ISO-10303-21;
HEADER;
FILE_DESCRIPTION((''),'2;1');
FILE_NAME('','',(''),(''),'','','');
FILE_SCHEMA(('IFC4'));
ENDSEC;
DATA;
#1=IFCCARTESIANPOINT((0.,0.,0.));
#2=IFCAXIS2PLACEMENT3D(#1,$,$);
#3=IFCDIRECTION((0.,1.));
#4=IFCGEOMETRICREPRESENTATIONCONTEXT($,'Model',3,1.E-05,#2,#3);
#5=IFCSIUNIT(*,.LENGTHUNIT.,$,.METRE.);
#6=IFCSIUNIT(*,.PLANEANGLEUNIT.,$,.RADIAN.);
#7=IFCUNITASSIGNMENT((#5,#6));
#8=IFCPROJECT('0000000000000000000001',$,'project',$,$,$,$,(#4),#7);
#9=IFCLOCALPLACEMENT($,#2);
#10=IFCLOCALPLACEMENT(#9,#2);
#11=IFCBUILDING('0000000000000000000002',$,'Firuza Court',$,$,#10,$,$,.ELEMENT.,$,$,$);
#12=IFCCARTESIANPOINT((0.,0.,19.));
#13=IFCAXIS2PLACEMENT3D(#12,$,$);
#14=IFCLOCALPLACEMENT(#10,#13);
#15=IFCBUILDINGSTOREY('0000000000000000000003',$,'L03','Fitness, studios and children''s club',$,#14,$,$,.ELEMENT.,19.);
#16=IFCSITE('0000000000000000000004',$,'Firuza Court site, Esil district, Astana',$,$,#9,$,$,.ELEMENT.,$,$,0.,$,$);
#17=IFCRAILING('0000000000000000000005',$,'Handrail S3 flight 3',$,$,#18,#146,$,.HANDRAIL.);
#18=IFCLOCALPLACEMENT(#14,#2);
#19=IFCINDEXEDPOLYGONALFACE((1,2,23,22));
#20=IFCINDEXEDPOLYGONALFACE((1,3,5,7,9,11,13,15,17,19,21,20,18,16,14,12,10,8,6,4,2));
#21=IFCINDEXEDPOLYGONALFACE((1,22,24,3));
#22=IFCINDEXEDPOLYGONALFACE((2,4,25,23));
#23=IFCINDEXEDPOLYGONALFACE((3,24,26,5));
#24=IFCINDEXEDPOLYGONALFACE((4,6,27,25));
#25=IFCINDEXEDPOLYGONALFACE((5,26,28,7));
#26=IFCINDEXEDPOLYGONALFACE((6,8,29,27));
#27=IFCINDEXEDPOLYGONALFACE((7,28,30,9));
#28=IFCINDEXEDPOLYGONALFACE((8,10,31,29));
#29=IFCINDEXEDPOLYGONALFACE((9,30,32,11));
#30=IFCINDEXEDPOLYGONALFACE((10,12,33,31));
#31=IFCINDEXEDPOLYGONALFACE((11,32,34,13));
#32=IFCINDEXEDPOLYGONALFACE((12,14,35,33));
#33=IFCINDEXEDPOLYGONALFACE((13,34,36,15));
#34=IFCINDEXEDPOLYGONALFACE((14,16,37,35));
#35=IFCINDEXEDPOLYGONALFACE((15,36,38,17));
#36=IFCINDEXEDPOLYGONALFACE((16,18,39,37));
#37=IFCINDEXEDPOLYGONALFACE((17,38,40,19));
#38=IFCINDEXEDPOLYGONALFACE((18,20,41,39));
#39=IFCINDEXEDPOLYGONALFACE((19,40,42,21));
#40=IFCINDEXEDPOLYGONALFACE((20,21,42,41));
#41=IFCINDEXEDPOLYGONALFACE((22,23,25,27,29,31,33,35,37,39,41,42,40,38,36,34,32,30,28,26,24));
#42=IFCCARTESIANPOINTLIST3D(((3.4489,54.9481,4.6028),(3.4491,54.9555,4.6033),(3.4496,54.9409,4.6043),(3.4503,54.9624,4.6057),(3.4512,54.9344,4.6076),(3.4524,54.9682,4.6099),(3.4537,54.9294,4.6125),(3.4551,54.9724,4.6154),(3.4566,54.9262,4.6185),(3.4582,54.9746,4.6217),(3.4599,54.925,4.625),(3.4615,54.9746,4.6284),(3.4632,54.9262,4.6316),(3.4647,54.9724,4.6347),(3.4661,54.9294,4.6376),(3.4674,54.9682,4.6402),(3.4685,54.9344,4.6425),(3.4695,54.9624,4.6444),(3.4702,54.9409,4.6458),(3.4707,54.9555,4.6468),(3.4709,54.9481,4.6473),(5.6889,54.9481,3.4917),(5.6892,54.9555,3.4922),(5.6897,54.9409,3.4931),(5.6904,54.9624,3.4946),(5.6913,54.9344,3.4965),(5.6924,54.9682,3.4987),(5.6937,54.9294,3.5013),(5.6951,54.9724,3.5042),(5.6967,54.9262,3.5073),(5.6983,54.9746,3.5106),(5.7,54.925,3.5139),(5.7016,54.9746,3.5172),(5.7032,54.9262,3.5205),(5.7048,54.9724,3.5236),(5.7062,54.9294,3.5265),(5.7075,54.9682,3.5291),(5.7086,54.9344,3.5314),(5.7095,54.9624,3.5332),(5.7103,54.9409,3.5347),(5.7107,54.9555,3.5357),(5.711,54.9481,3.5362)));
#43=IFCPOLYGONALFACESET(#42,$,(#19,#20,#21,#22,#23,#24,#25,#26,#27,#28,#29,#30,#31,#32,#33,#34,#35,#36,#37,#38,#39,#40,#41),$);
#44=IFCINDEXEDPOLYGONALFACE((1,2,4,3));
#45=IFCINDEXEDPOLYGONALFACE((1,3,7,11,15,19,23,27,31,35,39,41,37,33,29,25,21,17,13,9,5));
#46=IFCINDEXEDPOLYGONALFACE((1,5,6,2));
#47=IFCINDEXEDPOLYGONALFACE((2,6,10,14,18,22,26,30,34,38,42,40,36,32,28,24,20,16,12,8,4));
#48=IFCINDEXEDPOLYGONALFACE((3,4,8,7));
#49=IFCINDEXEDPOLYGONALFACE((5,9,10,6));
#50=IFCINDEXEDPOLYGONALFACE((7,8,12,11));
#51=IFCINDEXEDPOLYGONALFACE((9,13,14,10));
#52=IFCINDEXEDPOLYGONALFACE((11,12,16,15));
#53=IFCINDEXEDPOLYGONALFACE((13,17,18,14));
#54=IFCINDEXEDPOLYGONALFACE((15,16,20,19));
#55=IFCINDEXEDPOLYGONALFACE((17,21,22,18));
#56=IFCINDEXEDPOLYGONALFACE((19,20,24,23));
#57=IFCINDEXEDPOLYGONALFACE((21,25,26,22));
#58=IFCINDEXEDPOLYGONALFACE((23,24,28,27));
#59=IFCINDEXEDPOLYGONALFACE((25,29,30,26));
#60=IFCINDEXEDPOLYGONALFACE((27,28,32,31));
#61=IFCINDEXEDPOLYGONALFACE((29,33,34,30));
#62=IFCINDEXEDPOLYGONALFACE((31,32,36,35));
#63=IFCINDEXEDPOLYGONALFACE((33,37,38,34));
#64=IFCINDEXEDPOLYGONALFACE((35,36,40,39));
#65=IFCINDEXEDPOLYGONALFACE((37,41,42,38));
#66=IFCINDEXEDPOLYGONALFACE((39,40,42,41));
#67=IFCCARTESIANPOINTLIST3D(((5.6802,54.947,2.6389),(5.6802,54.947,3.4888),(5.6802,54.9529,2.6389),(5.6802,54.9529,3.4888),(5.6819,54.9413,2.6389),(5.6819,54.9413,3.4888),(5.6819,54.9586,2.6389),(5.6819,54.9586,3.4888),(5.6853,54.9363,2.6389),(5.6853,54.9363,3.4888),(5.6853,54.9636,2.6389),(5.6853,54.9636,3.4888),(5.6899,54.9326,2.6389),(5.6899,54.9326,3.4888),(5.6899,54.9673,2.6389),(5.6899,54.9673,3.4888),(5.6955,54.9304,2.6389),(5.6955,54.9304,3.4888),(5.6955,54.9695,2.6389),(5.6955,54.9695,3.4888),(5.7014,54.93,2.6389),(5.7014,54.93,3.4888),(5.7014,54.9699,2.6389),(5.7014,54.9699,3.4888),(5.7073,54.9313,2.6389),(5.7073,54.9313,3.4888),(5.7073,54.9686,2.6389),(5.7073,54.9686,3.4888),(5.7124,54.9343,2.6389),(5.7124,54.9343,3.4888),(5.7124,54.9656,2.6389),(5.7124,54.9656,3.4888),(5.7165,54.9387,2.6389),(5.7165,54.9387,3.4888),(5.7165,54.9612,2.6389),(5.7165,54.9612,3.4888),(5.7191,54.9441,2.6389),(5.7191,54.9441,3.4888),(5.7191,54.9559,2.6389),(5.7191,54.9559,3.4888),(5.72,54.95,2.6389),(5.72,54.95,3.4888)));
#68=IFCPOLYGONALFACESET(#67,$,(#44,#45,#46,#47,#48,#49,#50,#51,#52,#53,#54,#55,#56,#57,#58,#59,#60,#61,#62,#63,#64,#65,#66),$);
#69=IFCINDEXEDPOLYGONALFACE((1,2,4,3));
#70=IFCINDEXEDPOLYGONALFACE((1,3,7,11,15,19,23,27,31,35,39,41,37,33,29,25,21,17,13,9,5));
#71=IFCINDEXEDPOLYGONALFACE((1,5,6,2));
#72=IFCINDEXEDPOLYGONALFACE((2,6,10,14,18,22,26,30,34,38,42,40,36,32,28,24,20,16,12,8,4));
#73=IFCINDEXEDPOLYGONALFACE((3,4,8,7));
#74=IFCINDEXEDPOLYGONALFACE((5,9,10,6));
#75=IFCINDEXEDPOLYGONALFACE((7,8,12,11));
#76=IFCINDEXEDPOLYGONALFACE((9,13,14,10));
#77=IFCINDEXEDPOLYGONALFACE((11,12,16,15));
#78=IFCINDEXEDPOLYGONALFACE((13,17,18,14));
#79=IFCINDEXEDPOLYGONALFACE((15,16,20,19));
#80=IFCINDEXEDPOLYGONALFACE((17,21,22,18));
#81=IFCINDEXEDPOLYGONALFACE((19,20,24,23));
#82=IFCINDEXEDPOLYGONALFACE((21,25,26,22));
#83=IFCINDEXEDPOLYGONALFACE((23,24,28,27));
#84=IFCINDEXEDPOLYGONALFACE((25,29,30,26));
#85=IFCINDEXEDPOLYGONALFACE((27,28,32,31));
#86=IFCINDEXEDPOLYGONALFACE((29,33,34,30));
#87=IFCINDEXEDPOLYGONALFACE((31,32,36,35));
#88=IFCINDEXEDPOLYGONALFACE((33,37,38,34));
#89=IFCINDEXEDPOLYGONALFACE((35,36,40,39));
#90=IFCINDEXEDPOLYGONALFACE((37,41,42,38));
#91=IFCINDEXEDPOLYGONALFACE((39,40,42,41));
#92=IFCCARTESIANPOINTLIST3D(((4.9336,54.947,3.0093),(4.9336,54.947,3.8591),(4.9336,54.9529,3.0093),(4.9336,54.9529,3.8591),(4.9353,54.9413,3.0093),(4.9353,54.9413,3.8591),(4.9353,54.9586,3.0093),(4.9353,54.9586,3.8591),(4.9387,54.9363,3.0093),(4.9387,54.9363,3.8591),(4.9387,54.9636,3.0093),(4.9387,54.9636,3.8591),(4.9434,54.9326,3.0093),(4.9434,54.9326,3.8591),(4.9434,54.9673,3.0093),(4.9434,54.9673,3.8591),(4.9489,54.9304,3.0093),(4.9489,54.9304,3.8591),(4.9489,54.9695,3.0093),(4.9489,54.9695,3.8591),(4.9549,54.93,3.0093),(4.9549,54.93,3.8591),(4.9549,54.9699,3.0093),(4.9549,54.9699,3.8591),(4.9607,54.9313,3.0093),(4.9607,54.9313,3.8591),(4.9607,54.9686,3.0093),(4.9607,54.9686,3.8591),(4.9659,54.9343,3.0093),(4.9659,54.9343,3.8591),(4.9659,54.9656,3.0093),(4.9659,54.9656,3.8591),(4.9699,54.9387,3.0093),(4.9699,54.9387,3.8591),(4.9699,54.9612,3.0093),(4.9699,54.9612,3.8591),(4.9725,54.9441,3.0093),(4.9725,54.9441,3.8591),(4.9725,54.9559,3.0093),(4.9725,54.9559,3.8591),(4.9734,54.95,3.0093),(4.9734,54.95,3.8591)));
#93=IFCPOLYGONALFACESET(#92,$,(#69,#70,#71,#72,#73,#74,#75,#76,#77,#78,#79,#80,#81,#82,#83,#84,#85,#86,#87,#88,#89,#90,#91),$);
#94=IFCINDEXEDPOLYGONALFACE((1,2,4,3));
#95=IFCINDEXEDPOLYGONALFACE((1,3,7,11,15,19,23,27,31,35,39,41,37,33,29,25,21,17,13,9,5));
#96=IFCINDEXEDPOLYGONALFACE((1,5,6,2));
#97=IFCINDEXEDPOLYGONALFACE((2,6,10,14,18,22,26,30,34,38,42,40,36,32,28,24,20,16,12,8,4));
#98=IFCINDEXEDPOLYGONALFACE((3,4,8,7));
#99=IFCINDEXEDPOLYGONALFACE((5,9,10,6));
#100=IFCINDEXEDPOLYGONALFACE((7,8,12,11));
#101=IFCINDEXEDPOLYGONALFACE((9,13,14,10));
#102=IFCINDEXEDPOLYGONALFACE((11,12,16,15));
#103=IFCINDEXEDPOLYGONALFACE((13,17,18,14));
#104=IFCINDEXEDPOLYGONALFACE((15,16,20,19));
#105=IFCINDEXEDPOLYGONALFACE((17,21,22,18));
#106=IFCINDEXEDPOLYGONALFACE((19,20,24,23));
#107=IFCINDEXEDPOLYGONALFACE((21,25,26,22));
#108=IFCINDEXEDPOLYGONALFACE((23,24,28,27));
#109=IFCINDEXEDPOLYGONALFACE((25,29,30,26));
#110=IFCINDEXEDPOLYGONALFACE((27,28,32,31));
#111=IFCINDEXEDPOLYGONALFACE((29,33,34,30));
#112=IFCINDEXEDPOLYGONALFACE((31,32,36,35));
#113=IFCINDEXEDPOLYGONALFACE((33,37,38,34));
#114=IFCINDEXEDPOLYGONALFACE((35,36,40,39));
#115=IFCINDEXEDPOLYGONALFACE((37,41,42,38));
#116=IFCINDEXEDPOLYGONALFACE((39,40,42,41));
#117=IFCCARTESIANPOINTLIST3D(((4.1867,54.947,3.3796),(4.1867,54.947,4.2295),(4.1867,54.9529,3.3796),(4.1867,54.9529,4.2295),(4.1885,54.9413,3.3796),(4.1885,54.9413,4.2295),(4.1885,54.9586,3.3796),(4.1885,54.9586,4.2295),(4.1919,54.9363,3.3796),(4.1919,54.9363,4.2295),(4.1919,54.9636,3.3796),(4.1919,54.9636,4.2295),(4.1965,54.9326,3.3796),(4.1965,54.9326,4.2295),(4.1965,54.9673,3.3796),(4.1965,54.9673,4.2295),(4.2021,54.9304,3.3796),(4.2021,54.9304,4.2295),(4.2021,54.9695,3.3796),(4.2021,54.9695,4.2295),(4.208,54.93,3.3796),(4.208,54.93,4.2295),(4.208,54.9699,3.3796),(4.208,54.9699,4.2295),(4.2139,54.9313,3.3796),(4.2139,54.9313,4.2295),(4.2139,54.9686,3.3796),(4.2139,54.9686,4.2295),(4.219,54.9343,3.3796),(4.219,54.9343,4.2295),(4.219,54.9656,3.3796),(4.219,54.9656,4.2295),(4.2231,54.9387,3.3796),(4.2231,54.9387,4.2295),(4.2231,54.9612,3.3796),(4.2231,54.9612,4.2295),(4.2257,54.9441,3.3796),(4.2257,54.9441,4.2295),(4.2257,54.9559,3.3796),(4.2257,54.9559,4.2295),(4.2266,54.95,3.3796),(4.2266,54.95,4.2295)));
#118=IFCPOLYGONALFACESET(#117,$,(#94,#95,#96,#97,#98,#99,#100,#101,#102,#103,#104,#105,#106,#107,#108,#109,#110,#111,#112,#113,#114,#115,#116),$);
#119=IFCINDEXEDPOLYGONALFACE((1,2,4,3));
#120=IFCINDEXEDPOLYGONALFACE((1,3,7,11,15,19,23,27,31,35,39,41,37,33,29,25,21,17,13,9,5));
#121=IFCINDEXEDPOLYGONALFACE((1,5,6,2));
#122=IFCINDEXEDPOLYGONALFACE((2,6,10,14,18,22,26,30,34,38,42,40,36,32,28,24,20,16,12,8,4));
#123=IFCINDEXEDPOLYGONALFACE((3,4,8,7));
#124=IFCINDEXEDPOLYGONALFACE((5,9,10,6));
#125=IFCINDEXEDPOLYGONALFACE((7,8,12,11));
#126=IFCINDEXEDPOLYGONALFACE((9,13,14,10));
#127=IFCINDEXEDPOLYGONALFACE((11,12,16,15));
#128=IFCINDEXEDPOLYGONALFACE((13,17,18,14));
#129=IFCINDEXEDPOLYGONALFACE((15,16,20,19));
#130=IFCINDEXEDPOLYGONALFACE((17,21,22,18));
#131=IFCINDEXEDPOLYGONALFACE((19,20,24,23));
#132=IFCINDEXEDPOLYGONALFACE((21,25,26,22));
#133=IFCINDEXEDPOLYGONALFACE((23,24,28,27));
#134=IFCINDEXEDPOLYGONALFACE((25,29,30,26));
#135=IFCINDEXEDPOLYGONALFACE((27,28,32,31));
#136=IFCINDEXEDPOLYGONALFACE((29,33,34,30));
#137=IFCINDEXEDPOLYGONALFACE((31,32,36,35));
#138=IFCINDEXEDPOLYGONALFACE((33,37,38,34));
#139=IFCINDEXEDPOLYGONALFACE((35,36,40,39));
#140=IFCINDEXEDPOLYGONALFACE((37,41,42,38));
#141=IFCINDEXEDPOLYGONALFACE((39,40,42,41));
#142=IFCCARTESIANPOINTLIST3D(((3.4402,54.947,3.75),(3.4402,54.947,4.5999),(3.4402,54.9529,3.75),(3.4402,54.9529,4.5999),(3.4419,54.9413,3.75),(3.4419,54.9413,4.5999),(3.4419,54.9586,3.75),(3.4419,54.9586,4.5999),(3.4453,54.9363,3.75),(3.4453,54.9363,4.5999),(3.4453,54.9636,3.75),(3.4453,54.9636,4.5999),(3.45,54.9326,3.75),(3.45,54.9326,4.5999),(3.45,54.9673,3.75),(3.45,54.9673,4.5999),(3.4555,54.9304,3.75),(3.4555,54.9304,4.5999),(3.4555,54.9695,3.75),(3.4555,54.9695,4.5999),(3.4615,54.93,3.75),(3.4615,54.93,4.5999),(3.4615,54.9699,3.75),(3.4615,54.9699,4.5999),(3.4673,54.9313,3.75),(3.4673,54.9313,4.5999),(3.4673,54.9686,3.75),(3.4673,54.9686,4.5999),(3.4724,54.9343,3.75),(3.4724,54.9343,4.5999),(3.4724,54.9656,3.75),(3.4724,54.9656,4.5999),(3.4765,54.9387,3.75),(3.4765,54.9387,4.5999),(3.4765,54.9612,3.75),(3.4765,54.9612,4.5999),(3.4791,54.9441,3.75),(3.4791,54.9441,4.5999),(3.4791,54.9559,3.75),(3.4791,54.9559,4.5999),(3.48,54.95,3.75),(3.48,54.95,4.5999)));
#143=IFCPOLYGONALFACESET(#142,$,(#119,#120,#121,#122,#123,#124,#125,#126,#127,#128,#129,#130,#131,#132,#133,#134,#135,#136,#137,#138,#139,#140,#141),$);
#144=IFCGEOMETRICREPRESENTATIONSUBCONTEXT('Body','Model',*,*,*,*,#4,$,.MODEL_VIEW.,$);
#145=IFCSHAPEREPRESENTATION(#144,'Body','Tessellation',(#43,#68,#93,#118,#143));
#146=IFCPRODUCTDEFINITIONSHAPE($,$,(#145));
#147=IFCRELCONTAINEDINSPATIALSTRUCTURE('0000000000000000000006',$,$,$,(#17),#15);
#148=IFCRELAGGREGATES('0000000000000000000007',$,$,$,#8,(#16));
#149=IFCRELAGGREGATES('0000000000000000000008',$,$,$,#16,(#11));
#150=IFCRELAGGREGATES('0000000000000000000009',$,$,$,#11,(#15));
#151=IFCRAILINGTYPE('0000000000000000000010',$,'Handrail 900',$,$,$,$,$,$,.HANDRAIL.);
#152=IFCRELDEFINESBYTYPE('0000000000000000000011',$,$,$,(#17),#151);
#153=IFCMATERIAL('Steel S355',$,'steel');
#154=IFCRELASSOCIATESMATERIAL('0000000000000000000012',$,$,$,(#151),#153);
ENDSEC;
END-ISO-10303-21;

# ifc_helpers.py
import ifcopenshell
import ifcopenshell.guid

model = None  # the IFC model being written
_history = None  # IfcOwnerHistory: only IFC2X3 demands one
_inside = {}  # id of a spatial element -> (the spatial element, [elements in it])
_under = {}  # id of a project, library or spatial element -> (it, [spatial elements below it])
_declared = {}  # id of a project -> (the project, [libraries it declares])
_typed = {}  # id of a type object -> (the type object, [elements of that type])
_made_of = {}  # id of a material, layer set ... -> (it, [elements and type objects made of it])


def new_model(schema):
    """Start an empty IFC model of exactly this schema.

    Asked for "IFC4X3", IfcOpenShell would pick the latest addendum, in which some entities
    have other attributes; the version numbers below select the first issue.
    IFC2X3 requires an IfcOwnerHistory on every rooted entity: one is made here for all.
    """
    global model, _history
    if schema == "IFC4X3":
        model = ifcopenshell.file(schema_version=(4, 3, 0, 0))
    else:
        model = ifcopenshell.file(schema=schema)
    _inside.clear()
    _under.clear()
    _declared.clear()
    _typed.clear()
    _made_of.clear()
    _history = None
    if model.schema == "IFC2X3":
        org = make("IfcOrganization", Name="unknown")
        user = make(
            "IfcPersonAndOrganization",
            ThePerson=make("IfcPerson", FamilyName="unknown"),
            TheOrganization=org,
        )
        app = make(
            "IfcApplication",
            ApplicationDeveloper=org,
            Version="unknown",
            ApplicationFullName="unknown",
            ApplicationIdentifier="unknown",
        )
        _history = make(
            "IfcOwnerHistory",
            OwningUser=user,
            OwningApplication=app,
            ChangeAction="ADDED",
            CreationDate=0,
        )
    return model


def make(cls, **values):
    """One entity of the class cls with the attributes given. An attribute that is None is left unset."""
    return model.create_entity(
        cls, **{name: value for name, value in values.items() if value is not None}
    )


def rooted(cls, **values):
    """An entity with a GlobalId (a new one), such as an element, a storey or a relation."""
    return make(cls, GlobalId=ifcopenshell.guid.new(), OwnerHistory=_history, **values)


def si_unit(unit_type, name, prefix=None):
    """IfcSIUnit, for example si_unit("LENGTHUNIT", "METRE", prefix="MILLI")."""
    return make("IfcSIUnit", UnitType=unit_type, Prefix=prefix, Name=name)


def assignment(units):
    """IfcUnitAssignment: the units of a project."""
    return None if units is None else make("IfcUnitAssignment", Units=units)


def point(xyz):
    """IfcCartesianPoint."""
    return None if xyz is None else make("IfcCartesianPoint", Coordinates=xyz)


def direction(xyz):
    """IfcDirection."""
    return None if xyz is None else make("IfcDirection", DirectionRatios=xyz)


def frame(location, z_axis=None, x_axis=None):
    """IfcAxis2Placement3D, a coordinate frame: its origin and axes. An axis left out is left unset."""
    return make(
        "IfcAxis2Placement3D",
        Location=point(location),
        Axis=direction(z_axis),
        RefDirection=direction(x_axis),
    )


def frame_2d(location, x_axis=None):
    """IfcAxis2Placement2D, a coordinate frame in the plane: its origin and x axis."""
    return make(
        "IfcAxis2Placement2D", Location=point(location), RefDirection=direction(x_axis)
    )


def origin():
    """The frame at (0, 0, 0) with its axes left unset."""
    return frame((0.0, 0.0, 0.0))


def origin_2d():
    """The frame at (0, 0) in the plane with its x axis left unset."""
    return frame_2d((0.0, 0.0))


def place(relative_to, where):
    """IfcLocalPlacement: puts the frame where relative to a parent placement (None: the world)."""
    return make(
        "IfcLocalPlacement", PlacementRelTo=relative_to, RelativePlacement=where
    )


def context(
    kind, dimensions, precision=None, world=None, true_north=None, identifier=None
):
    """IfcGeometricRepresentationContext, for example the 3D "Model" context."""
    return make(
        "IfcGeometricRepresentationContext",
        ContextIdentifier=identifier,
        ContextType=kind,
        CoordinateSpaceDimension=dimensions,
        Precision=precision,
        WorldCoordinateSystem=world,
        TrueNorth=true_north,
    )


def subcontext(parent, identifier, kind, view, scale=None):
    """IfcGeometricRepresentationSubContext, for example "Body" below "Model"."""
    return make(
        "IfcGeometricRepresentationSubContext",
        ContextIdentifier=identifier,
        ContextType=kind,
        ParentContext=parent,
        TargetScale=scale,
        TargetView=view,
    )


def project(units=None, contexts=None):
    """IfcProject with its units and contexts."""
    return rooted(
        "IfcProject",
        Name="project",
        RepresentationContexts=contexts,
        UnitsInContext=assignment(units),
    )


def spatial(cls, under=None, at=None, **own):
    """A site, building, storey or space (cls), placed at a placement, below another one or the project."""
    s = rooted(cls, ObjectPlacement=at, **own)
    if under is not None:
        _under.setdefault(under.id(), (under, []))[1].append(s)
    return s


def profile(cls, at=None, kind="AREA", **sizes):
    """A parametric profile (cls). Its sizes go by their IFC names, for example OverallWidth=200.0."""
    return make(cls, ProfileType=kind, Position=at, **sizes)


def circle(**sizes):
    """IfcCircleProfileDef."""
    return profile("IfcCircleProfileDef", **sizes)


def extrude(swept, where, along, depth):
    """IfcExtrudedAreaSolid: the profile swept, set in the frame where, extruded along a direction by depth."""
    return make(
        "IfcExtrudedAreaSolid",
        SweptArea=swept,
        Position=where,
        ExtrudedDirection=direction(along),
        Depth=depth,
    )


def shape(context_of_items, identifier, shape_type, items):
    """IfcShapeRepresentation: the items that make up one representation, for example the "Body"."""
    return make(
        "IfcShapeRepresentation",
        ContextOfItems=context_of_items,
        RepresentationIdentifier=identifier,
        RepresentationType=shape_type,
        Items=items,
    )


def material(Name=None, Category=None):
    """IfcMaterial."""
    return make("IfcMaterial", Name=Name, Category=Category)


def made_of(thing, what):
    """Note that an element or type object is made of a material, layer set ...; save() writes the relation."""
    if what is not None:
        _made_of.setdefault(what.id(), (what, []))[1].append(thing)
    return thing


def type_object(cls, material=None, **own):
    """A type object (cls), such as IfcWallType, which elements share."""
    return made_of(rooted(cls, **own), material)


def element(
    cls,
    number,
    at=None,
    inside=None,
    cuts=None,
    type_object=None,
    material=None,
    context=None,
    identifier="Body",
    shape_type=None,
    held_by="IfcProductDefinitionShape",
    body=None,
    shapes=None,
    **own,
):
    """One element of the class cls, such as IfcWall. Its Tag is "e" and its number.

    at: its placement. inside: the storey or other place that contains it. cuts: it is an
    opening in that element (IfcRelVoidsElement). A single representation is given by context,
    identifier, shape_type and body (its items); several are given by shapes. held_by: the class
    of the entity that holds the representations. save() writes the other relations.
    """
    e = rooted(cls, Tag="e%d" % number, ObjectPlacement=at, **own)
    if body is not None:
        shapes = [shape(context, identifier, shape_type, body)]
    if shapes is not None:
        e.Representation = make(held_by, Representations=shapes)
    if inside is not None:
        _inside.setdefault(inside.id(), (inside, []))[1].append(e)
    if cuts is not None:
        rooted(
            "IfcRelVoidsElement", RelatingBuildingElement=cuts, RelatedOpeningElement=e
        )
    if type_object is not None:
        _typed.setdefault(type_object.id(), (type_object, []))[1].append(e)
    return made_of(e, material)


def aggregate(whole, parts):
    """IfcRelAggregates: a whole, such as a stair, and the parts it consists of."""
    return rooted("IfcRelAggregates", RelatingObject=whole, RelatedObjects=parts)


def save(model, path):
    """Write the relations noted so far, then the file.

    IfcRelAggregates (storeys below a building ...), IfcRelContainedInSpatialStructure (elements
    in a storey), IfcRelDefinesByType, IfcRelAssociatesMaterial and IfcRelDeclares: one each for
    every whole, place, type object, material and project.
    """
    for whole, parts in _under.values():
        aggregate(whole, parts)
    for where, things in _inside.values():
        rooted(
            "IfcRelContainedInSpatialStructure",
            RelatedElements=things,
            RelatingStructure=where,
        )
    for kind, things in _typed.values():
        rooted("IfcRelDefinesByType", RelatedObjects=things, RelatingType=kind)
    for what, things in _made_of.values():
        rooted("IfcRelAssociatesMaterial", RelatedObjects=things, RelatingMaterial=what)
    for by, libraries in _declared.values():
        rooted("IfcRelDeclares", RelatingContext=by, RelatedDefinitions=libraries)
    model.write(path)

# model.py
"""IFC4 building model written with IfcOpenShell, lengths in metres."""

from ifc_helpers import new_model, si_unit, direction, frame, origin, origin_2d, place, context, subcontext, project, spatial, circle, extrude, material, type_object, element, save


model = new_model("IFC4")

# Units and contexts
model_context = context("Model", 3, precision=1e-05, world=origin(), true_north=direction((0.0, 1.0)))
body_context = subcontext(model_context, "Body", "Model", "MODEL_VIEW")
ifc_project = project(units=[si_unit("LENGTHUNIT", "METRE"), si_unit("PLANEANGLEUNIT", "RADIAN")], contexts=[model_context])

# Site, building, storey
site_placement = place(None, origin())
site = spatial("IfcSite", under=ifc_project, at=site_placement, Name="Firuza Court site, Esil district, Astana", CompositionType="ELEMENT", RefElevation=0.0)
building_placement = place(site_placement, origin())
building = spatial("IfcBuilding", under=site, at=building_placement, Name="Firuza Court", CompositionType="ELEMENT")
storey_placement = place(building_placement, frame((0.0, 0.0, 19.0)))
storey = spatial("IfcBuildingStorey", under=building, at=storey_placement, Name="L03", Description="Fitness, studios and children's club", CompositionType="ELEMENT", Elevation=19.0)

# Railing
ifc_material_1 = material(Name="Steel S355", Category="steel")
railing_type_1 = type_object("IfcRailingType", Name="Handrail 900", PredefinedType="HANDRAIL", material=ifc_material_1)
railing_1_placement = place(storey_placement, frame((5.7, 54.95, 2.6389)))
element("IfcRailing", 1, at=railing_1_placement, inside=storey, type_object=railing_type_1, Name="Handrail S3 flight 3", PredefinedType="HANDRAIL", context=body_context, shape_type="SweptSolid", body=[
    extrude(circle(Radius=0.0249, at=origin_2d()), frame((0.0, 0.0, 0.875), z_axis=(-0.895848, 0.0, 0.44436), x_axis=(0.0, -1.0, 0.0)), (0.0, 0.0, 1.0), 2.5005),
    extrude(circle(Radius=0.02, at=origin_2d()), origin(), (0.0, 0.0, 1.0), 0.8499),
    extrude(circle(Radius=0.02, at=origin_2d()), frame((-0.7466, 0.0, 0.3704)), (0.0, 0.0, 1.0), 0.8499),
    extrude(circle(Radius=0.02, at=origin_2d()), frame((-1.4934, 0.0, 0.7407)), (0.0, 0.0, 1.0), 0.8499),
    extrude(circle(Radius=0.02, at=origin_2d()), frame((-2.24, 0.0, 1.1111)), (0.0, 0.0, 1.0), 0.8499),
])

save(model, "model.ifc")
